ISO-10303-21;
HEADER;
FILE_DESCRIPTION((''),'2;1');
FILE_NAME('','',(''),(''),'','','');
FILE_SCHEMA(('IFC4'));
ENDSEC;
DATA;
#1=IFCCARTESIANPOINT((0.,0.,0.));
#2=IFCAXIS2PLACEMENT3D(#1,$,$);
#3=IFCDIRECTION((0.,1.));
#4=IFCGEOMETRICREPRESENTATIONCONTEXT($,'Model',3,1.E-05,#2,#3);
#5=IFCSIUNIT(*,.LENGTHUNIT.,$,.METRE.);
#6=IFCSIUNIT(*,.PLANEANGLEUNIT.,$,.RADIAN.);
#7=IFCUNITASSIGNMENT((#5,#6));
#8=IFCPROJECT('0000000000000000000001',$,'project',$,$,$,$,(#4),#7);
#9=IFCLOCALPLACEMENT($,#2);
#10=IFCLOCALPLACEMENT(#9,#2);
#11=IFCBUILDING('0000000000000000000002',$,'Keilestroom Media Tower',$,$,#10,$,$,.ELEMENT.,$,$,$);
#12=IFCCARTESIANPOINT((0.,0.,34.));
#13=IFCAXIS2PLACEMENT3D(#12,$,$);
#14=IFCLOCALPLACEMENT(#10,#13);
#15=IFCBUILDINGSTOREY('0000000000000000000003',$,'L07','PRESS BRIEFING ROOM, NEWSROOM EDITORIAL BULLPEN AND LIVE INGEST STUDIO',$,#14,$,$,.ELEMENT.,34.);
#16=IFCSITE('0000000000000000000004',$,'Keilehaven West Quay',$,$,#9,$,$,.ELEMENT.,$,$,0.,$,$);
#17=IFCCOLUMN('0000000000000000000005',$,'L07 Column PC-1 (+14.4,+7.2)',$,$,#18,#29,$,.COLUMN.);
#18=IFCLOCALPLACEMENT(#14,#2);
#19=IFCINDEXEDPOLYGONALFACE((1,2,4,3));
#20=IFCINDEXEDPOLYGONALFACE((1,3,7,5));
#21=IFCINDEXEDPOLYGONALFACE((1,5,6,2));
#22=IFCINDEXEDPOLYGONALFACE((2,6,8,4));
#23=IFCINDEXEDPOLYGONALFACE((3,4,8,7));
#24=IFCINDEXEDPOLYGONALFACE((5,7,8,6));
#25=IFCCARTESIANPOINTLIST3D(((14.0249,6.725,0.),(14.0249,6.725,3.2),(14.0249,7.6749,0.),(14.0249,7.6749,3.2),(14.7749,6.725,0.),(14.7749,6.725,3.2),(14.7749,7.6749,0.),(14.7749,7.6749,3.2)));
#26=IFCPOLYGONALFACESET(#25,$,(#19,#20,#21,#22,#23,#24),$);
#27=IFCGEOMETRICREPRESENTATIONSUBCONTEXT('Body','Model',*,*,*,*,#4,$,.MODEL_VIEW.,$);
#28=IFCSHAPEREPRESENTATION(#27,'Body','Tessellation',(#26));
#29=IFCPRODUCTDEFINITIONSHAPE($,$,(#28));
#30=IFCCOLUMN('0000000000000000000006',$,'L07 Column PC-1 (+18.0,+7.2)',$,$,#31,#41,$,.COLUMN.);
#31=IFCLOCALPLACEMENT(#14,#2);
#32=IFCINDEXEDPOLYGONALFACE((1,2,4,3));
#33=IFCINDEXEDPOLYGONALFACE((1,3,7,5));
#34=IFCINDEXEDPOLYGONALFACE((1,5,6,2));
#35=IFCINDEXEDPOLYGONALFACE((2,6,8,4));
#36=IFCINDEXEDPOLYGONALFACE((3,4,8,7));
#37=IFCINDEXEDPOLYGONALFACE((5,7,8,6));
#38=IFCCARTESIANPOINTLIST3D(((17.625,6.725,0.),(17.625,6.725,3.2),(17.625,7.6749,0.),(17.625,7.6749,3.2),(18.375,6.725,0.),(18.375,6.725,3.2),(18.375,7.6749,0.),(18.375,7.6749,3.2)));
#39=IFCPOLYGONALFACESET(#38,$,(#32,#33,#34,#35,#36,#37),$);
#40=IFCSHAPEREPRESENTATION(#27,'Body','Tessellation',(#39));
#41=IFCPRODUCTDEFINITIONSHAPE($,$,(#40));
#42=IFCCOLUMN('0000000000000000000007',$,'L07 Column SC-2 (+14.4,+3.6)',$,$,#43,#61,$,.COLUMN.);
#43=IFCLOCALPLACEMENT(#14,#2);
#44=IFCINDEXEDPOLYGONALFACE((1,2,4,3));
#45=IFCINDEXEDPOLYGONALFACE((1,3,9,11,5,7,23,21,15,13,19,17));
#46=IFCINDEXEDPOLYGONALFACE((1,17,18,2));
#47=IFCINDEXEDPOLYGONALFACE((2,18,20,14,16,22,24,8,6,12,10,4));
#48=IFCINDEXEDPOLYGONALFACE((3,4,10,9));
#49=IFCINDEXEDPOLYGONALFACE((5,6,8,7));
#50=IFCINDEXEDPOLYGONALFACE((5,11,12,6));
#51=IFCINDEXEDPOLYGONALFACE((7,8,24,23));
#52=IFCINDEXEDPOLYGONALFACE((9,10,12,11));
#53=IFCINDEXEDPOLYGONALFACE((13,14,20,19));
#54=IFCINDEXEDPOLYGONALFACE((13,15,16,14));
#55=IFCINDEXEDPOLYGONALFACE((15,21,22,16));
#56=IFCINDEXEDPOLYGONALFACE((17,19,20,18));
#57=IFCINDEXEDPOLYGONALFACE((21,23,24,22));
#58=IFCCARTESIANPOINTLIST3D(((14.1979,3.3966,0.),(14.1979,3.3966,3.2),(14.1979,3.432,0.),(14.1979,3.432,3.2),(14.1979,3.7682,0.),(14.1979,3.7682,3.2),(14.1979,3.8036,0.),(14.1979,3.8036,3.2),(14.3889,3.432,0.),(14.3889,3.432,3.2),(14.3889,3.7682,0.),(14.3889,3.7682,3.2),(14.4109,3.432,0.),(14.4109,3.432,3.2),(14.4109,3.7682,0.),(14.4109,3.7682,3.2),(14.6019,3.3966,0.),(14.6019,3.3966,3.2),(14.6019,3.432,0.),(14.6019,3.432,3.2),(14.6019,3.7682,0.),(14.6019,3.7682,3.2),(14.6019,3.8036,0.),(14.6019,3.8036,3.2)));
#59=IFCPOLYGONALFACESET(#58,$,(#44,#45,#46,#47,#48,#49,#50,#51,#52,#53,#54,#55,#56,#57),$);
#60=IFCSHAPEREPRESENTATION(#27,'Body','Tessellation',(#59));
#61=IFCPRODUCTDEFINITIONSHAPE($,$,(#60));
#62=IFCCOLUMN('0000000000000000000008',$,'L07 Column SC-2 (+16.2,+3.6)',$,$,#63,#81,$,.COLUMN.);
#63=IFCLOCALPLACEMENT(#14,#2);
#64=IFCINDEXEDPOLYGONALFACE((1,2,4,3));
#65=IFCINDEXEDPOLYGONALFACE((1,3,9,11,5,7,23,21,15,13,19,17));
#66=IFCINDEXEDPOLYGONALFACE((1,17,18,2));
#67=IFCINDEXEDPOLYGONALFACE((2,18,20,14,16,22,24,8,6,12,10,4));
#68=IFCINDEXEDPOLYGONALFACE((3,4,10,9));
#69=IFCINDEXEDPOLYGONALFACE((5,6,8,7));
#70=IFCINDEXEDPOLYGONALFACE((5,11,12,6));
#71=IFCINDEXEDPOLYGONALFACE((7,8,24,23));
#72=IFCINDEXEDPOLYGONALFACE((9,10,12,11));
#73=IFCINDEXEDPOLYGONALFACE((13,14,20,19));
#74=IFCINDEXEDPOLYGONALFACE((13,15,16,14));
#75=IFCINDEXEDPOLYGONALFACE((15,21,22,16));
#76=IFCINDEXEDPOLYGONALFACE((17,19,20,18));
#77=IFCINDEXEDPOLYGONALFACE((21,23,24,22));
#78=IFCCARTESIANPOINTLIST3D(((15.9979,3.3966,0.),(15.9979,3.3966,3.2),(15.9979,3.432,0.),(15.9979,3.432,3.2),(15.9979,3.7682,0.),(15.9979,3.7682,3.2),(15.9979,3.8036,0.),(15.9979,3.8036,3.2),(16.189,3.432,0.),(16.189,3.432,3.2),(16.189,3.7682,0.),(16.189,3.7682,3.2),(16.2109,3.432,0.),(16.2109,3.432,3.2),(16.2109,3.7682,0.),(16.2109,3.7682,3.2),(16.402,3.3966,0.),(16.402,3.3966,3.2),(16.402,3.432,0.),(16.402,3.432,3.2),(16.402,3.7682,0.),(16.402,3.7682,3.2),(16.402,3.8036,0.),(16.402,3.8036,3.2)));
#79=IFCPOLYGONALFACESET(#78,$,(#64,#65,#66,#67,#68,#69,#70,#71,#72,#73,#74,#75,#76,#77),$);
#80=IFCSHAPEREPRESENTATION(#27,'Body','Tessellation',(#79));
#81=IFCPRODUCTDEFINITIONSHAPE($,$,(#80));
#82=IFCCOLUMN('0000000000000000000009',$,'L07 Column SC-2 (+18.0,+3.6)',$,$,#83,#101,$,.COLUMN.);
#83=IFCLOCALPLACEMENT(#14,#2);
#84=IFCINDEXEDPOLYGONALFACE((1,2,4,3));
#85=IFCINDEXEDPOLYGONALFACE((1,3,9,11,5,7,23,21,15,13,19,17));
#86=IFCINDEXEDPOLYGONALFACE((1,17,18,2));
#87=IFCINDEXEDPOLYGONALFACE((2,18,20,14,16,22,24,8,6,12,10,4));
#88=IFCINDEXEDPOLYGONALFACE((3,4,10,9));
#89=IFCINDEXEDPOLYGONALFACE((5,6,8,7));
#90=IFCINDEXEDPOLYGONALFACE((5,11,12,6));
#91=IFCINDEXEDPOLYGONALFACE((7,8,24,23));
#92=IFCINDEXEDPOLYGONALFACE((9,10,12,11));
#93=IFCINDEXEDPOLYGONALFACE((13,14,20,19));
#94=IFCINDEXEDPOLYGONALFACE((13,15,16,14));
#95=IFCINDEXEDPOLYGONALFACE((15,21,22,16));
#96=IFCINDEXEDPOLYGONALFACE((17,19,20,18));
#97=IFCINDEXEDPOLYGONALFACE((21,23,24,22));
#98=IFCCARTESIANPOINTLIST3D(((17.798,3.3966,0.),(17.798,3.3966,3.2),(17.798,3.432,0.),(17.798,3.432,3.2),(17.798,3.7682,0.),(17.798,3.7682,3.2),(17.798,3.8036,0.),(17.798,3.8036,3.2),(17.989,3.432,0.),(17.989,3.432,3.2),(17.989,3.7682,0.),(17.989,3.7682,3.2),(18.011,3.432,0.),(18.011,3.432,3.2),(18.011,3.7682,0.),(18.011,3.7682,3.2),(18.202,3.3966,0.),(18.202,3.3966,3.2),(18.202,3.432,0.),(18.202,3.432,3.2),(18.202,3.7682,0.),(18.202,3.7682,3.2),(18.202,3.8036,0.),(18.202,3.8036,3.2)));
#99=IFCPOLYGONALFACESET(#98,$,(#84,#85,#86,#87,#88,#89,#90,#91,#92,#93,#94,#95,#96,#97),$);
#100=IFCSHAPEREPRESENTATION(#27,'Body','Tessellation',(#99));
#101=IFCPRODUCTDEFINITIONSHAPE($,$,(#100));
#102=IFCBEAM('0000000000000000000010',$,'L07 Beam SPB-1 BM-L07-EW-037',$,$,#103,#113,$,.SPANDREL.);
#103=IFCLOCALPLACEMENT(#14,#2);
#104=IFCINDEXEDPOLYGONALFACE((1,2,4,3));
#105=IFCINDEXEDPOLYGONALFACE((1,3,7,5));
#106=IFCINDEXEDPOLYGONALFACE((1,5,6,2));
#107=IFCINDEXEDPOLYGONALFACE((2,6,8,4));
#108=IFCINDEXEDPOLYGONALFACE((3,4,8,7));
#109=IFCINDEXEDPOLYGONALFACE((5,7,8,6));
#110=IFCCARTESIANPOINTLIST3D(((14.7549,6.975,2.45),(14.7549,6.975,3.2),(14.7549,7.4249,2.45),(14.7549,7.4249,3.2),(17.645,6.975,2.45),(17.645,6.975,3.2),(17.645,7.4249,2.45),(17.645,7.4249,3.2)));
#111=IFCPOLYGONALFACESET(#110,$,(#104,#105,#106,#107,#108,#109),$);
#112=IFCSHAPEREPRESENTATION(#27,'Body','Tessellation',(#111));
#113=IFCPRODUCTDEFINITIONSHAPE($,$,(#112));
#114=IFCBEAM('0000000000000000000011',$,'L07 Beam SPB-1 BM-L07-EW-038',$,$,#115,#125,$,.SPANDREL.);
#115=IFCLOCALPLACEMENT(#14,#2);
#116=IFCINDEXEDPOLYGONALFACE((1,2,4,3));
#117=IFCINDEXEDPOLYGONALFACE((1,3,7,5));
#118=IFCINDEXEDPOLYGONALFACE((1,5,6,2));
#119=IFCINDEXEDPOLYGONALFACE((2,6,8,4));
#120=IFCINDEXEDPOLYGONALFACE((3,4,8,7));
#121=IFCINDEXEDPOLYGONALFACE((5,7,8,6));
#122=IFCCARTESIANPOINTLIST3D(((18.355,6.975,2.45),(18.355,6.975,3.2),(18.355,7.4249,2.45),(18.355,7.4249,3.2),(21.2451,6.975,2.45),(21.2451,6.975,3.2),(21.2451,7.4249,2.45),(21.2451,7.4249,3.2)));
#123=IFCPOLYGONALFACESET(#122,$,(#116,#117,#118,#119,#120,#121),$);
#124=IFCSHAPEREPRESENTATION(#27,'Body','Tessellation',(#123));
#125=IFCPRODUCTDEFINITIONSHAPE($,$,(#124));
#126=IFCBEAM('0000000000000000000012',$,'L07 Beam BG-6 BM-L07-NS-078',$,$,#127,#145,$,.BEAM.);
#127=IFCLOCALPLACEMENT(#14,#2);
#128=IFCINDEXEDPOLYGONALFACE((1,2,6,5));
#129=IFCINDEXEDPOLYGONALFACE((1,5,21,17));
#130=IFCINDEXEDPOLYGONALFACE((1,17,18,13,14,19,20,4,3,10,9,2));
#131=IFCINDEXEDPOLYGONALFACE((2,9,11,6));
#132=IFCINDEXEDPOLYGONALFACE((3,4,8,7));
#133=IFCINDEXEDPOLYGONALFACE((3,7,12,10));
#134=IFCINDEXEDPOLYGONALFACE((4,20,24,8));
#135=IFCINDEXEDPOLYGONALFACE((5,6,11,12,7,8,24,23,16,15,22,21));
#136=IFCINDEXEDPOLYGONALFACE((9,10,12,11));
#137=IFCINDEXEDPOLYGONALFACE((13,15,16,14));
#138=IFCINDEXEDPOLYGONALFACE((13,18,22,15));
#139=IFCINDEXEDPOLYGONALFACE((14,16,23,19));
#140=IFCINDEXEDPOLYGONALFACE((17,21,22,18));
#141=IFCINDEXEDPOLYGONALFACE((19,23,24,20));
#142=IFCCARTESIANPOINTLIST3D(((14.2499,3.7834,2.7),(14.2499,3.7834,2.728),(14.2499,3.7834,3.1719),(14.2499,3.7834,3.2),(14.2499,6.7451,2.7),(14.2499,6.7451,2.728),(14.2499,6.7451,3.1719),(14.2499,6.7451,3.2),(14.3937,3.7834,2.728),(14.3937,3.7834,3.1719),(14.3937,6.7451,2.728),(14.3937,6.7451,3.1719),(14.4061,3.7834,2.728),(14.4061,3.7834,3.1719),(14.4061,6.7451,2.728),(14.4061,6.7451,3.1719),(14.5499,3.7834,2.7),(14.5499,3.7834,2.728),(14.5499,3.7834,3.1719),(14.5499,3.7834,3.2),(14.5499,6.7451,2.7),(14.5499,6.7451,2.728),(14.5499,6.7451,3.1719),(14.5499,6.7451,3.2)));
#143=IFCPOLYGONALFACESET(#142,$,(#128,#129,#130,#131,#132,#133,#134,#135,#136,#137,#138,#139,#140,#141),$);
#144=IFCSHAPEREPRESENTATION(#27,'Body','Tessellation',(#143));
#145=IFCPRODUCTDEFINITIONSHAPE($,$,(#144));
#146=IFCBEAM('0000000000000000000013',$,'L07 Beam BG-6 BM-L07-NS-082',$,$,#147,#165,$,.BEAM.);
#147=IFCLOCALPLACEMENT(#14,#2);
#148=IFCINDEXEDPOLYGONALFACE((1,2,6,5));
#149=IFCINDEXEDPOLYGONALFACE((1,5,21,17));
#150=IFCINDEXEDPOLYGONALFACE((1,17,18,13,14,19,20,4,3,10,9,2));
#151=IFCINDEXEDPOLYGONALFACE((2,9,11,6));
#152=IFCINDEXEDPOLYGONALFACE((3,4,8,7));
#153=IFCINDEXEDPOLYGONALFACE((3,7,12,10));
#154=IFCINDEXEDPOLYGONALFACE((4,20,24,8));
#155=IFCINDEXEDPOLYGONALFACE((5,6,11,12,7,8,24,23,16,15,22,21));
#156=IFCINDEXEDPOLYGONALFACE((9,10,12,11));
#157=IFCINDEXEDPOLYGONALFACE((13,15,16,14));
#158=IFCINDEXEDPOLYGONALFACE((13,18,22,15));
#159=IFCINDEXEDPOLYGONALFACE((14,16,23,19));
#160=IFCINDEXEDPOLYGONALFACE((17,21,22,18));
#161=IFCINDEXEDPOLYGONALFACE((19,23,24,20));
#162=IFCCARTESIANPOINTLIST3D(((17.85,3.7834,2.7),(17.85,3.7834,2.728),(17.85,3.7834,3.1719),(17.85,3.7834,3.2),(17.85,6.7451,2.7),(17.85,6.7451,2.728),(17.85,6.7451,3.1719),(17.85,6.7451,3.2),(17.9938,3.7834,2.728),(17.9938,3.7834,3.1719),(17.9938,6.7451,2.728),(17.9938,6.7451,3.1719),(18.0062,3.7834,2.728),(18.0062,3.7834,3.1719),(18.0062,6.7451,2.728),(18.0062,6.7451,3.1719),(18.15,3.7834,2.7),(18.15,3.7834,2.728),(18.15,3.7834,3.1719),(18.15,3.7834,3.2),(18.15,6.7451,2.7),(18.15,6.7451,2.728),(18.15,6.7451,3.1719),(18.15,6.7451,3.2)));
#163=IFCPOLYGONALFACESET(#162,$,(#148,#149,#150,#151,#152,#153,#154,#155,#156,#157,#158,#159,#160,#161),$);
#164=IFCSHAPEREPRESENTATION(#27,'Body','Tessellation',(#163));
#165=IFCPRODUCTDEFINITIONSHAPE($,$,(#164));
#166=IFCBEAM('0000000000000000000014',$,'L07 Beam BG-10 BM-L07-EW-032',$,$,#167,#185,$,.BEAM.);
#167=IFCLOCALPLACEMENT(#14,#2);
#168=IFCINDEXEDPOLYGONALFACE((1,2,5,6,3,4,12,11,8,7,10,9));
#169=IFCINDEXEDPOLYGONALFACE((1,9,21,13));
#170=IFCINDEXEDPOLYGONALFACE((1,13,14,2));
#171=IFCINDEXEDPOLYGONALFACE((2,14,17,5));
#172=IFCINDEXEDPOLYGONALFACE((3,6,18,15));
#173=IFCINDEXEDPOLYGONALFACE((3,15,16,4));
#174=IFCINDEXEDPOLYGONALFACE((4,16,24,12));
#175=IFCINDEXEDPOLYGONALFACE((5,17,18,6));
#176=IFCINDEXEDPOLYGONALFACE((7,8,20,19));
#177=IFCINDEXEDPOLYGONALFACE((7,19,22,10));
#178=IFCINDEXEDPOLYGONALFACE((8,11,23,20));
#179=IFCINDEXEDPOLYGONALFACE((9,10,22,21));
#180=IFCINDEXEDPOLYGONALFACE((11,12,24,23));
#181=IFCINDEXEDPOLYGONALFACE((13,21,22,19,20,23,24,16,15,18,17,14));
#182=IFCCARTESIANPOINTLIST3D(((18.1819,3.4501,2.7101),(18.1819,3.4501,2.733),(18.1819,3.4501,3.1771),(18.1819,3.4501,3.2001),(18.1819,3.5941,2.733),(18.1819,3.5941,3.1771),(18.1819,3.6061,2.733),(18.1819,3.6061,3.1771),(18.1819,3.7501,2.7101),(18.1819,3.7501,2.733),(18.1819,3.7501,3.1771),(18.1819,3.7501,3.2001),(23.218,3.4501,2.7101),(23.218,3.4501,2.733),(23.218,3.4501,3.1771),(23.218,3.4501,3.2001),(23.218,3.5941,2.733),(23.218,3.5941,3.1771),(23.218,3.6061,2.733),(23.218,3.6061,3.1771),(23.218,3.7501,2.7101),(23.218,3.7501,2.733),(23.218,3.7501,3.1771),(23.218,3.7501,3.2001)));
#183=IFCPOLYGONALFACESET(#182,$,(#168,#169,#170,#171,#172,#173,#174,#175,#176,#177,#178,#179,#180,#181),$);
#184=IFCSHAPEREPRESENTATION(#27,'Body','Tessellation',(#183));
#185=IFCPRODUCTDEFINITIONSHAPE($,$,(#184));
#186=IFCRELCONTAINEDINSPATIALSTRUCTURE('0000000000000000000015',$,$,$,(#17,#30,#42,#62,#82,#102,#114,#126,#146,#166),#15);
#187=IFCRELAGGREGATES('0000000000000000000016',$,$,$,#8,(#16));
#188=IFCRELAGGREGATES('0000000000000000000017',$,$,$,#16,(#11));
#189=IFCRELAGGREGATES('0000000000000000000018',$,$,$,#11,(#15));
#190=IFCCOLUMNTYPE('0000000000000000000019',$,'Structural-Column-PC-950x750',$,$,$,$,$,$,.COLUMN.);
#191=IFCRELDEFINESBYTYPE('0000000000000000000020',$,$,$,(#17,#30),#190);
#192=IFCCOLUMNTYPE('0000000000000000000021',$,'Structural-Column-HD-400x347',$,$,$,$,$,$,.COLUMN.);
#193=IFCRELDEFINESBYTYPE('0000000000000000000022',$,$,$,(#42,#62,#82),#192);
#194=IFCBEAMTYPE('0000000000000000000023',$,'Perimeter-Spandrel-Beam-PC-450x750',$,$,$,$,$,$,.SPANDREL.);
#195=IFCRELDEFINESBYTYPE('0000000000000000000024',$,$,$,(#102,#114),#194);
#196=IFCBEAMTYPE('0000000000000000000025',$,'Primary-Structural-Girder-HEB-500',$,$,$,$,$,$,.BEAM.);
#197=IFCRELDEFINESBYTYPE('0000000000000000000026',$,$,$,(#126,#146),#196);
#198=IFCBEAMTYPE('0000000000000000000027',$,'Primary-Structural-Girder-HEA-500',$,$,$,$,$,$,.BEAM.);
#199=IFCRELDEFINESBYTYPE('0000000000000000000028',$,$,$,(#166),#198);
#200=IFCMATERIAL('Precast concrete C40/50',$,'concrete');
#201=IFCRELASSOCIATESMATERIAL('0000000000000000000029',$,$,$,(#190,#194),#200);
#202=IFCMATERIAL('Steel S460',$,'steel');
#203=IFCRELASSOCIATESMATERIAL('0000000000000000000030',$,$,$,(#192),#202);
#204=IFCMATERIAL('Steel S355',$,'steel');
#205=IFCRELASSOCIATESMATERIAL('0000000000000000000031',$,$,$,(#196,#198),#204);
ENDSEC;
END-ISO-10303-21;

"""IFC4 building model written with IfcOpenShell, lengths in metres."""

from ifc_helpers import new_model, si_unit, direction, frame, origin, origin_2d, place, context, subcontext, project, spatial, rectangle, i_section, extrude, source, transform, mapped, material, material_profile, profile_set, type_object, element, save


model = new_model("IFC4")

# Units and contexts
model_context = context("Model", 3, precision=1e-05, world=origin(), true_north=direction((0.0, 1.0)))
body_context = subcontext(model_context, "Body", "Model", "MODEL_VIEW")
ifc_project = project(units=[si_unit("LENGTHUNIT", "METRE"), si_unit("PLANEANGLEUNIT", "RADIAN")], contexts=[model_context])

# Site, building, storey
site_placement = place(None, origin())
site = spatial("IfcSite", under=ifc_project, at=site_placement, Name="Keilehaven West Quay", CompositionType="ELEMENT", RefElevation=0.0)
building_placement = place(site_placement, origin())
building = spatial("IfcBuilding", under=site, at=building_placement, Name="Keilestroom Media Tower", CompositionType="ELEMENT")
storey_placement = place(building_placement, frame((0.0, 0.0, 34.0)))
storey = spatial("IfcBuildingStorey", under=building, at=storey_placement, Name="L07", Description="PRESS BRIEFING ROOM, NEWSROOM EDITORIAL BULLPEN AND LIVE INGEST STUDIO", CompositionType="ELEMENT", Elevation=34.0)

# Columns
ifc_material_1 = material(Name="Precast concrete C40/50", Category="concrete")
ifc_material_profile_1 = material_profile(ifc_material_1, rectangle(XDim=0.75, YDim=0.95, at=origin_2d()), Name="PC 950x750")
ifc_profile_set_1 = profile_set([ifc_material_profile_1], Name="Precast concrete C40/50")
column_type_1 = type_object("IfcColumnType", Name="Structural-Column-PC-950x750", PredefinedType="COLUMN", material=ifc_profile_set_1)
shared_shape_1 = source(origin(), body_context, "Body", "SweptSolid", [
    extrude(rectangle(XDim=0.75, YDim=0.95, at=origin_2d()), origin(), (0.0, 0.0, 1.0), 3.2),
])
for number, where, z_axis, x_axis, name in (
    (1, (14.3999, 7.2, 0.0), (0.0, 0.0, 1.0), (1.0, 0.0, 0.0), "L07 Column PC-1 (+14.4,+7.2)"),
    (2, (18.0, 7.2, 0.0), (0.0, 0.0, 1.0), (1.0, 0.0, 0.0), "L07 Column PC-1 (+18.0,+7.2)"),
):
    element("IfcColumn", number, at=place(storey_placement, frame(where, z_axis=z_axis, x_axis=x_axis)), inside=storey, type_object=column_type_1, Name=name, PredefinedType="COLUMN", context=body_context, shape_type="MappedRepresentation", body=[
        mapped(shared_shape_1, transform((0.0, 0.0, 0.0), x_axis=(1.0, 0.0, 0.0), y_axis=(0.0, 1.0, 0.0), z_axis=(0.0, 0.0, 1.0), scale=1.0)),
    ])
ifc_material_2 = material(Name="Steel S460", Category="steel")
ifc_material_profile_2 = material_profile(ifc_material_2, i_section(OverallWidth=0.4041, OverallDepth=0.407, WebThickness=0.022, FlangeThickness=0.0354, at=origin_2d()), Name="HD 400x347")
ifc_profile_set_2 = profile_set([ifc_material_profile_2], Name="Steel S460")
column_type_2 = type_object("IfcColumnType", Name="Structural-Column-HD-400x347", PredefinedType="COLUMN", material=ifc_profile_set_2)
shared_shape_2 = source(origin(), body_context, "Body", "SweptSolid", [
    extrude(i_section(OverallWidth=0.4041, OverallDepth=0.407, WebThickness=0.022, FlangeThickness=0.0354, at=origin_2d()), origin(), (0.0, 0.0, 1.0), 3.2),
])
for number, where, z_axis, x_axis, name in (
    (3, (14.3999, 3.6001, 0.0), (0.0, 0.0, 1.0), (1.0, 0.0, 0.0), "L07 Column SC-2 (+14.4,+3.6)"),
    (4, (16.2, 3.6001, 0.0), (0.0, 0.0, 1.0), (1.0, 0.0, 0.0), "L07 Column SC-2 (+16.2,+3.6)"),
    (5, (18.0, 3.6001, 0.0), (0.0, 0.0, 1.0), (1.0, 0.0, 0.0), "L07 Column SC-2 (+18.0,+3.6)"),
):
    element("IfcColumn", number, at=place(storey_placement, frame(where, z_axis=z_axis, x_axis=x_axis)), inside=storey, type_object=column_type_2, Name=name, PredefinedType="COLUMN", context=body_context, shape_type="MappedRepresentation", body=[
        mapped(shared_shape_2, transform((0.0, 0.0, 0.0), x_axis=(1.0, 0.0, 0.0), y_axis=(0.0, 1.0, 0.0), z_axis=(0.0, 0.0, 1.0), scale=1.0)),
    ])

# Beams
ifc_material_profile_3 = material_profile(ifc_material_1, rectangle(XDim=0.45, YDim=0.75, at=origin_2d()), Name="PC 450x750")
ifc_profile_set_3 = profile_set([ifc_material_profile_3], Name="Precast concrete C40/50")
beam_type_1 = type_object("IfcBeamType", Name="Perimeter-Spandrel-Beam-PC-450x750", PredefinedType="SPANDREL", material=ifc_profile_set_3)
shared_shape_3 = source(origin(), body_context, "Body", "SweptSolid", [
    extrude(rectangle(XDim=0.45, YDim=0.75, at=origin_2d()), origin(), (0.0, 0.0, 1.0), 2.8901),
])
for number, where, z_axis, x_axis, name in (
    (6, (14.7549, 7.2, 2.825), (1.0, 0.0, 0.0), (0.0, 1.0, 0.0), "L07 Beam SPB-1 BM-L07-EW-037"),
    (7, (18.355, 7.2, 2.825), (1.0, 0.0, 0.0), (0.0, 1.0, 0.0), "L07 Beam SPB-1 BM-L07-EW-038"),
):
    element("IfcBeam", number, at=place(storey_placement, frame(where, z_axis=z_axis, x_axis=x_axis)), inside=storey, type_object=beam_type_1, Name=name, PredefinedType="SPANDREL", context=body_context, shape_type="MappedRepresentation", body=[
        mapped(shared_shape_3, transform((0.0, 0.0, 0.0), x_axis=(1.0, 0.0, 0.0), y_axis=(0.0, 1.0, 0.0), z_axis=(0.0, 0.0, 1.0), scale=1.0)),
    ])
ifc_material_3 = material(Name="Steel S355", Category="steel")
ifc_material_profile_4 = material_profile(ifc_material_3, i_section(OverallWidth=0.3, OverallDepth=0.5, WebThickness=0.0125, FlangeThickness=0.0281, at=origin_2d()), Name="HEB 500")
ifc_profile_set_4 = profile_set([ifc_material_profile_4], Name="Steel S355")
beam_type_2 = type_object("IfcBeamType", Name="Primary-Structural-Girder-HEB-500", PredefinedType="BEAM", material=ifc_profile_set_4)
shared_shape_4 = source(origin(), body_context, "Body", "SweptSolid", [
    extrude(i_section(OverallWidth=0.3, OverallDepth=0.5, WebThickness=0.0125, FlangeThickness=0.0281, at=origin_2d()), origin(), (0.0, 0.0, 1.0), 2.9617),
])
for number, where, z_axis, x_axis, name in (
    (8, (14.3999, 3.7834, 2.95), (0.0, 1.0, 0.0), (-1.0, 0.0, 0.0), "L07 Beam BG-6 BM-L07-NS-078"),
    (9, (18.0, 3.7834, 2.95), (0.0, 1.0, 0.0), (-1.0, 0.0, 0.0), "L07 Beam BG-6 BM-L07-NS-082"),
):
    element("IfcBeam", number, at=place(storey_placement, frame(where, z_axis=z_axis, x_axis=x_axis)), inside=storey, type_object=beam_type_2, Name=name, PredefinedType="BEAM", context=body_context, shape_type="MappedRepresentation", body=[
        mapped(shared_shape_4, transform((0.0, 0.0, 0.0), x_axis=(1.0, 0.0, 0.0), y_axis=(0.0, 1.0, 0.0), z_axis=(0.0, 0.0, 1.0), scale=1.0)),
    ])
ifc_material_profile_5 = material_profile(ifc_material_3, i_section(OverallWidth=0.3, OverallDepth=0.49, WebThickness=0.012, FlangeThickness=0.0229, at=origin_2d()), Name="HEA 500")
ifc_profile_set_5 = profile_set([ifc_material_profile_5], Name="Steel S355")
beam_type_3 = type_object("IfcBeamType", Name="Primary-Structural-Girder-HEA-500", PredefinedType="BEAM", material=ifc_profile_set_5)
shared_shape_5 = source(origin(), body_context, "Body", "SweptSolid", [
    extrude(i_section(OverallWidth=0.3, OverallDepth=0.49, WebThickness=0.012, FlangeThickness=0.0229, at=origin_2d()), origin(), (0.0, 0.0, 1.0), 5.0361),
])
beam_placement = place(storey_placement, frame((18.1819, 3.6001, 2.9551), z_axis=(1.0, 0.0, 0.0), x_axis=(0.0, 1.0, 0.0)))
element("IfcBeam", 10, at=beam_placement, inside=storey, type_object=beam_type_3, Name="L07 Beam BG-10 BM-L07-EW-032", PredefinedType="BEAM", context=body_context, shape_type="MappedRepresentation", body=[
    mapped(shared_shape_5, transform((0.0, 0.0, 0.0), x_axis=(1.0, 0.0, 0.0), y_axis=(0.0, 1.0, 0.0), z_axis=(0.0, 0.0, 1.0), scale=1.0)),
])

save(model, "model.ifc")
